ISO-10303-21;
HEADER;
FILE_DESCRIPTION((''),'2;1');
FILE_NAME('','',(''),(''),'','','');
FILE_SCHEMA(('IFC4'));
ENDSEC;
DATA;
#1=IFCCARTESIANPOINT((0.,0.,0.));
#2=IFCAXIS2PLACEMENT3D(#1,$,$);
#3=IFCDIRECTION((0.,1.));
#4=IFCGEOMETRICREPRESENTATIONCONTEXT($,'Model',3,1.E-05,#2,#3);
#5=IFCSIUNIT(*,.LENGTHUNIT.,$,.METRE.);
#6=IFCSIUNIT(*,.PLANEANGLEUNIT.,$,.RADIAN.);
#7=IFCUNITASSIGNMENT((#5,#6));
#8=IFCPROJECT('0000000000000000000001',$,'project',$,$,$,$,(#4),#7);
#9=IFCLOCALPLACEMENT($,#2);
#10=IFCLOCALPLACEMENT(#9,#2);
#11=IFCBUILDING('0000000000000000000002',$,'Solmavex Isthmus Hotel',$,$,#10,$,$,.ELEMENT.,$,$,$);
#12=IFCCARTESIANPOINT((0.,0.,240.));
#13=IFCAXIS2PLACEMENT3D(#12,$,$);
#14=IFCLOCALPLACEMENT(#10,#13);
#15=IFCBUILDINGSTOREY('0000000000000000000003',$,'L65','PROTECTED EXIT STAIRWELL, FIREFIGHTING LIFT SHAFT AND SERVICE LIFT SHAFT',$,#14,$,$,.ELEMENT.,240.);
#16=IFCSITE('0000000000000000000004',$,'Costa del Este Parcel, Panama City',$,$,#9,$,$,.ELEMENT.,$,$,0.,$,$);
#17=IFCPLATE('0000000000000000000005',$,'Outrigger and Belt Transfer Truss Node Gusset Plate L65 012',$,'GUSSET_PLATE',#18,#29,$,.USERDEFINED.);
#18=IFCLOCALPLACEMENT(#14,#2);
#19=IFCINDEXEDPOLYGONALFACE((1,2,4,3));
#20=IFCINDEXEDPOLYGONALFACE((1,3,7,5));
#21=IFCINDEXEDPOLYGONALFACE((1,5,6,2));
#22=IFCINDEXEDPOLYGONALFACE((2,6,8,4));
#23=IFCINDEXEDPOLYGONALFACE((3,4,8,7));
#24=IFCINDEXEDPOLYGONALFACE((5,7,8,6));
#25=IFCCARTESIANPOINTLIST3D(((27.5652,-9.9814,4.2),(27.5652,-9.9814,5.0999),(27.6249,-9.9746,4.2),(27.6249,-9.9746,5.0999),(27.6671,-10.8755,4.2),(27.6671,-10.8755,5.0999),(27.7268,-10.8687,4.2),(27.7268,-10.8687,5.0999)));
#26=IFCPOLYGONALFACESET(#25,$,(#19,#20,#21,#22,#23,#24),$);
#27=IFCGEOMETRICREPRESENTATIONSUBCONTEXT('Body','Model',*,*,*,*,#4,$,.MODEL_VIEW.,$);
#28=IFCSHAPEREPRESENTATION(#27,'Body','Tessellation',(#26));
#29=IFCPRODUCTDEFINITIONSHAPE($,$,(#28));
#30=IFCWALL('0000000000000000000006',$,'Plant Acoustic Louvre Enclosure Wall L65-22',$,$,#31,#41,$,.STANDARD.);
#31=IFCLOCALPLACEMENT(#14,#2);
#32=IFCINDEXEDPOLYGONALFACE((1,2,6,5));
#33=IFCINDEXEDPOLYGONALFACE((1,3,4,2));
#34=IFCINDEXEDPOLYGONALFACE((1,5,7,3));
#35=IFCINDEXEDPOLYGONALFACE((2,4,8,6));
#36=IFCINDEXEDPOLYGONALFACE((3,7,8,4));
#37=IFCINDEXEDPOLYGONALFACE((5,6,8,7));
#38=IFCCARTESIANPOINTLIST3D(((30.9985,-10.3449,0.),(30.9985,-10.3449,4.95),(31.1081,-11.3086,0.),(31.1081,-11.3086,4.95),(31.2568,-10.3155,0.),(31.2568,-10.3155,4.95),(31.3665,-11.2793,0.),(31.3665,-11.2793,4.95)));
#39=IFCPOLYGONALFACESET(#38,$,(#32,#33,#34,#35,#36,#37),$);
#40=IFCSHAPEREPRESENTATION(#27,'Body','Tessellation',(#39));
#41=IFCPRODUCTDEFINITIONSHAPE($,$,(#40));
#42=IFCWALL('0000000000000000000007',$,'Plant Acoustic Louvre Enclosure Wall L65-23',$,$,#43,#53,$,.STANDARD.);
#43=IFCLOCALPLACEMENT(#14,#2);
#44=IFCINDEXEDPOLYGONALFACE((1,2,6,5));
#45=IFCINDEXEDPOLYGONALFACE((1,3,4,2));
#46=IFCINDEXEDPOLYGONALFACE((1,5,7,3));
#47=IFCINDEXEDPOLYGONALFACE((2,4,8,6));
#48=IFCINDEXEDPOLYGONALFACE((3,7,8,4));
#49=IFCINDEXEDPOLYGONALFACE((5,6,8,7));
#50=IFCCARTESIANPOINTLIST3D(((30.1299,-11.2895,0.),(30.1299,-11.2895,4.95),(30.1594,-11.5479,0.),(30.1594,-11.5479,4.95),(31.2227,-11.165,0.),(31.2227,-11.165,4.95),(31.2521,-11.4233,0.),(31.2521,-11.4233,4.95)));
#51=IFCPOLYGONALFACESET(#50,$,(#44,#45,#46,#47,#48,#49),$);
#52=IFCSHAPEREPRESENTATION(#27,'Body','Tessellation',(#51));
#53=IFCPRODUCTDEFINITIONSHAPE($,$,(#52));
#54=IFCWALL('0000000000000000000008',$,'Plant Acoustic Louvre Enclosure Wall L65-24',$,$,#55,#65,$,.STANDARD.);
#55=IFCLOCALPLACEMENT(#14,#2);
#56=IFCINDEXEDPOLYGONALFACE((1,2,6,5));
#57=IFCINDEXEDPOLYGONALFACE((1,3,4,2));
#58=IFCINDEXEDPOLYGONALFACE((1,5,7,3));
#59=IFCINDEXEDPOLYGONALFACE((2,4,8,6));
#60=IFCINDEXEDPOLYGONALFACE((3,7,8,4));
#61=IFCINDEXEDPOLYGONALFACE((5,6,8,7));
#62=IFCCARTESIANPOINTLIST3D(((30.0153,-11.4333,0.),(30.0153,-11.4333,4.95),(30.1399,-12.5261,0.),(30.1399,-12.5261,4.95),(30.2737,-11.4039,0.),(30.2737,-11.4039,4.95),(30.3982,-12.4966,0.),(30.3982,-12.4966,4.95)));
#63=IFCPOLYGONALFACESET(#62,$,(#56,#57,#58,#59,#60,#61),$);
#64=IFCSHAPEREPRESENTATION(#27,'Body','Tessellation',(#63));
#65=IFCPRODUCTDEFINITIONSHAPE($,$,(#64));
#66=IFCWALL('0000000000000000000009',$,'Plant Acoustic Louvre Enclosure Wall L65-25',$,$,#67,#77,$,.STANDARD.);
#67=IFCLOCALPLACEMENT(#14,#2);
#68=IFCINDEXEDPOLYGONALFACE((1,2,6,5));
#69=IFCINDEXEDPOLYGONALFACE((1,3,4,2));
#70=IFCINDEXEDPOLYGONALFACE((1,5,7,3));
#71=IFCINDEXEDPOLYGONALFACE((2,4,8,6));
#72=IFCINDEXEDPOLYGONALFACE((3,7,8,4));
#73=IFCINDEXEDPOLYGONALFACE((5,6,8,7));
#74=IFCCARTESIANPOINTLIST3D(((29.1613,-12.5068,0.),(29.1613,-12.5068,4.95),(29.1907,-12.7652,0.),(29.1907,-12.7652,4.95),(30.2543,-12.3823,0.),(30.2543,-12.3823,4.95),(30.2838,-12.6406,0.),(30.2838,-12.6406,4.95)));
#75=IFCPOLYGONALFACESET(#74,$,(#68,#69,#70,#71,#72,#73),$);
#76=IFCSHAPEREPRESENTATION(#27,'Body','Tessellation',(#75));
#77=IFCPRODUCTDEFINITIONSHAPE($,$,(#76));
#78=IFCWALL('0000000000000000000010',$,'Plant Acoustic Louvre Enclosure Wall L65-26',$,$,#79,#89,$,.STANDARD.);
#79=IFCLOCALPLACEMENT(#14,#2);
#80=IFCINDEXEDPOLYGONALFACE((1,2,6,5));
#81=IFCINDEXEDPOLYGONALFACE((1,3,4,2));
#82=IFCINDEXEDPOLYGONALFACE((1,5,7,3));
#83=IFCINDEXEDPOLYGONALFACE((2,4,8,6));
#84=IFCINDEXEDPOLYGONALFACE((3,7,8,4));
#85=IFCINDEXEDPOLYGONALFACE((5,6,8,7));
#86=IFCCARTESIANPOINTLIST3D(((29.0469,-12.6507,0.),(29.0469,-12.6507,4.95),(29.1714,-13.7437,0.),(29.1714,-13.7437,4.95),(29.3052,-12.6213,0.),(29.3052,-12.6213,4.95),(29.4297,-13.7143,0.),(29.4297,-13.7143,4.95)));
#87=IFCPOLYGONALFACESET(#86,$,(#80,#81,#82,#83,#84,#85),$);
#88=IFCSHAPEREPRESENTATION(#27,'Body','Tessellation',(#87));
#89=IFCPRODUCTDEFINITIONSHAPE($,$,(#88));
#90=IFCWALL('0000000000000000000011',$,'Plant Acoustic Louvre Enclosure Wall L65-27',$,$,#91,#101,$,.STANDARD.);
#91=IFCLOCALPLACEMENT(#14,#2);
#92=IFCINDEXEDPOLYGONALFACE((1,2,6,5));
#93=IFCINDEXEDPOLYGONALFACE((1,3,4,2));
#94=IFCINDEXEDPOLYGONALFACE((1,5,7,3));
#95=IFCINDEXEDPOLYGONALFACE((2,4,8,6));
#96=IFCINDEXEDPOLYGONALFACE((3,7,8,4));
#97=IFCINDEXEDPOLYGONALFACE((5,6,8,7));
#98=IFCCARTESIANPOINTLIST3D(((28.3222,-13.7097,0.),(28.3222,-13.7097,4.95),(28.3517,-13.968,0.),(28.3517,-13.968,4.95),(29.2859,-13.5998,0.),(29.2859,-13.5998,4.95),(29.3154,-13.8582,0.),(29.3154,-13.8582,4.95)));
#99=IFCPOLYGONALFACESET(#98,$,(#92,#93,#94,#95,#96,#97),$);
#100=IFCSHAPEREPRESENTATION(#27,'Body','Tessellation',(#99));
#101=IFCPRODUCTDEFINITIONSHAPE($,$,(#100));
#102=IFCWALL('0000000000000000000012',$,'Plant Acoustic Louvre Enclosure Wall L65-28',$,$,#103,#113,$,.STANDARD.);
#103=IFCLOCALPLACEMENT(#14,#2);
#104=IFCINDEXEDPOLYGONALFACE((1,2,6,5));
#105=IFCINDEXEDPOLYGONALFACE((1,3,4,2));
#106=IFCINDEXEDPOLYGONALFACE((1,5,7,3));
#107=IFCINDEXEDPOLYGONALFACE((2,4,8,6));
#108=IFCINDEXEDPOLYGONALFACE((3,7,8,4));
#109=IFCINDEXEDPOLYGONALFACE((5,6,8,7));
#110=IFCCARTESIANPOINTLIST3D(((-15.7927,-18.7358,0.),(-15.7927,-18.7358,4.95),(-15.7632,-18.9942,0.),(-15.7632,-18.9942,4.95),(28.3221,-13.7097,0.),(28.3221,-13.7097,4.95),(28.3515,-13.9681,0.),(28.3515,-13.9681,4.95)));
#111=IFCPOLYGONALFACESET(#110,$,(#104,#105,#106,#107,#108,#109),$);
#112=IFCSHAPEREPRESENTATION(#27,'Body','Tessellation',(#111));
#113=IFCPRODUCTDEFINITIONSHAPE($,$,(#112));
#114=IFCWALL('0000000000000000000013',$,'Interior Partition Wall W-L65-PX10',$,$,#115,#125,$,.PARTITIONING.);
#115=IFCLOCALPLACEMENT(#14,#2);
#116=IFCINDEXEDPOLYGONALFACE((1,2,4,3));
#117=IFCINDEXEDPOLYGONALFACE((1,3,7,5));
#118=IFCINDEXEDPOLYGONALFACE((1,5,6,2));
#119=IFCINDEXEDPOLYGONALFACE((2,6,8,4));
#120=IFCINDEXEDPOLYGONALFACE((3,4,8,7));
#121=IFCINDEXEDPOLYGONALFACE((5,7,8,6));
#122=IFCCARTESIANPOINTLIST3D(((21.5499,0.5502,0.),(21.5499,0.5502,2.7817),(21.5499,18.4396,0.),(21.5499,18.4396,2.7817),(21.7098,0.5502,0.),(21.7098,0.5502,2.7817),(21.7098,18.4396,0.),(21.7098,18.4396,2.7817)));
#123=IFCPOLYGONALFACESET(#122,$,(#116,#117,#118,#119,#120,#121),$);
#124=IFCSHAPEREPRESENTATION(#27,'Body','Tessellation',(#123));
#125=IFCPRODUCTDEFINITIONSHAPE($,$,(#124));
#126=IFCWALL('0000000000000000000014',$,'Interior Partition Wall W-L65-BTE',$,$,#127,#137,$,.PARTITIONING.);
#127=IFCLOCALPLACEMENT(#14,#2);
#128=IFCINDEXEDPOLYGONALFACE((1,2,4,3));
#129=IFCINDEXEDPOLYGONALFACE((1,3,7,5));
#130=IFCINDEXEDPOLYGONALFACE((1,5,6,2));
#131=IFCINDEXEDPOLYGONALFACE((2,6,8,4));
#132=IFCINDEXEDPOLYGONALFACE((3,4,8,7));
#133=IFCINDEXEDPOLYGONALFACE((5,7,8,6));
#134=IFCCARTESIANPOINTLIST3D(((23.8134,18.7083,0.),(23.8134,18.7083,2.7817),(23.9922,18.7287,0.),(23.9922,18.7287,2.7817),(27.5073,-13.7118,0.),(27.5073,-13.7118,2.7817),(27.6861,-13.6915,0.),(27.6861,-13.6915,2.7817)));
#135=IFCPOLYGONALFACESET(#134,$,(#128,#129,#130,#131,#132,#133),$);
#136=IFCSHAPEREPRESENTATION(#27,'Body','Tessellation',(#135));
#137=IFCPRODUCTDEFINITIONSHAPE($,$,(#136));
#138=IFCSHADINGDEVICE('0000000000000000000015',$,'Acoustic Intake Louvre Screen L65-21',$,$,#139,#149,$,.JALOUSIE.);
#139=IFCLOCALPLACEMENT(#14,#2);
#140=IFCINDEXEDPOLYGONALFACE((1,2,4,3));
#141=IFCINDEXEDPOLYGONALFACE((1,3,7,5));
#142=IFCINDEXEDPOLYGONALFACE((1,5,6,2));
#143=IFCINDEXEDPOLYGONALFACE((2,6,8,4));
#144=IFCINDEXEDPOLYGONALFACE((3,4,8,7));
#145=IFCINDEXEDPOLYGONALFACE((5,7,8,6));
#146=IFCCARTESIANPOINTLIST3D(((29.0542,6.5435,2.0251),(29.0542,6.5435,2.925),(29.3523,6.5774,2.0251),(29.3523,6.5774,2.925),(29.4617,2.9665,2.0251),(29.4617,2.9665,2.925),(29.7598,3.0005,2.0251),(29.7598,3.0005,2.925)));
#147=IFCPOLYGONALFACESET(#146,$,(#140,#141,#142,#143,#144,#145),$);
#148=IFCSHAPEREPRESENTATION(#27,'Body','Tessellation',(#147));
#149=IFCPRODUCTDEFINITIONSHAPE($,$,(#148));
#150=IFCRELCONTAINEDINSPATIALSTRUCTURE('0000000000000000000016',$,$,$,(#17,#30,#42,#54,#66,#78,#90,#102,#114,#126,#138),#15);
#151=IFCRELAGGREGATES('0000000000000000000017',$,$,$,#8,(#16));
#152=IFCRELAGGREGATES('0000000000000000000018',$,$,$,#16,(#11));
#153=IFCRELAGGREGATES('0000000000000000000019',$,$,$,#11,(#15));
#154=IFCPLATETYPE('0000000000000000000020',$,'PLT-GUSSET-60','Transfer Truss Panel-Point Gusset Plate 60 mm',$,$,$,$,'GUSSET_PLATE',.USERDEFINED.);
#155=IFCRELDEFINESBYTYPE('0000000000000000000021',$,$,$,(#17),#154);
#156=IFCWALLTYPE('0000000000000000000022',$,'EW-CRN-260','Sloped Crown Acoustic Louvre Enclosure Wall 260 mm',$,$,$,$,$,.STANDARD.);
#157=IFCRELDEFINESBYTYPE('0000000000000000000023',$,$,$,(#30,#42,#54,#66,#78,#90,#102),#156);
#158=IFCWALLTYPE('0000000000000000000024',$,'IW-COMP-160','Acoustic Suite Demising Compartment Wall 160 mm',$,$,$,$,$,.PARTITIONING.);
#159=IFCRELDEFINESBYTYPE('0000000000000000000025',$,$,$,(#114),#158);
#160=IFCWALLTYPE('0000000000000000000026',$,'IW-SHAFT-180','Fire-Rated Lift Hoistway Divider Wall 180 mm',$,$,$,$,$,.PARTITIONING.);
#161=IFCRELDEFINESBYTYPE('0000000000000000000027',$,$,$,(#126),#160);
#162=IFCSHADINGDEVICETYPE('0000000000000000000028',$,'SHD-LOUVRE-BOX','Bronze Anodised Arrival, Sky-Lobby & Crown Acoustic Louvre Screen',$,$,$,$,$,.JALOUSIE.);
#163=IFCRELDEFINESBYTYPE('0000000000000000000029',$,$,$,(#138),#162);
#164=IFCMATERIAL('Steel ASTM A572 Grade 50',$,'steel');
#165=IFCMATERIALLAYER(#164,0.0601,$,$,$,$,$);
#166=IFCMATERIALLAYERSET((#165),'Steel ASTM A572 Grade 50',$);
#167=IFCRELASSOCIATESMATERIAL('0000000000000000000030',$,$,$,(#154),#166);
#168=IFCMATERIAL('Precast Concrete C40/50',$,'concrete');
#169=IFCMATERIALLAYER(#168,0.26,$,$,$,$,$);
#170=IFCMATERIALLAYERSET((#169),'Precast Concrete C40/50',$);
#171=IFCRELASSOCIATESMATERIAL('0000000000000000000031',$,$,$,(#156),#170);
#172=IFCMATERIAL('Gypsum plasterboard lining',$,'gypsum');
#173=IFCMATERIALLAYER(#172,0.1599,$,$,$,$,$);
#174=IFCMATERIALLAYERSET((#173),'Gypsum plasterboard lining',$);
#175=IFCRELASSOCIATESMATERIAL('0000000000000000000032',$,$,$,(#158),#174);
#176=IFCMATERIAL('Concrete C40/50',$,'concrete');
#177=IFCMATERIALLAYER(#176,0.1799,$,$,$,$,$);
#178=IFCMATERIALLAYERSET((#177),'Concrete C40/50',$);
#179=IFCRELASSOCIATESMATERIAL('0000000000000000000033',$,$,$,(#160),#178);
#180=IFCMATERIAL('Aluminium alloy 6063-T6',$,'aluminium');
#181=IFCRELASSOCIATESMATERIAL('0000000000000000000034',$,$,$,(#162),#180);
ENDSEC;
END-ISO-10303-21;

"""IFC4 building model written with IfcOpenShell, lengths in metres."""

from ifc_helpers import new_model, si_unit, direction, frame, frame_2d, origin, origin_2d, place, context, subcontext, project, spatial, rectangle, extrude, material, layer, layer_set, type_object, element, save


model = new_model("IFC4")

# Units and contexts
model_context = context("Model", 3, precision=1e-05, world=origin(), true_north=direction((0.0, 1.0)))
body_context = subcontext(model_context, "Body", "Model", "MODEL_VIEW")
ifc_project = project(units=[si_unit("LENGTHUNIT", "METRE"), si_unit("PLANEANGLEUNIT", "RADIAN")], contexts=[model_context])

# Site, building, storey
site_placement = place(None, origin())
site = spatial("IfcSite", under=ifc_project, at=site_placement, Name="Costa del Este Parcel, Panama City", CompositionType="ELEMENT", RefElevation=0.0)
building_placement = place(site_placement, origin())
building = spatial("IfcBuilding", under=site, at=building_placement, Name="Solmavex Isthmus Hotel", CompositionType="ELEMENT")
storey_placement = place(building_placement, frame((0.0, 0.0, 240.0)))
storey = spatial("IfcBuildingStorey", under=building, at=storey_placement, Name="L65", Description="PROTECTED EXIT STAIRWELL, FIREFIGHTING LIFT SHAFT AND SERVICE LIFT SHAFT", CompositionType="ELEMENT", Elevation=240.0)

# Plate
ifc_material_1 = material(Name="Steel ASTM A572 Grade 50", Category="steel")
ifc_layer_1 = layer(ifc_material_1, 0.0601)
ifc_layer_set_1 = layer_set([ifc_layer_1], Name="Steel ASTM A572 Grade 50")
plate_type = type_object("IfcPlateType", Name="PLT-GUSSET-60", Description="Transfer Truss Panel-Point Gusset Plate 60 mm", ElementType="GUSSET_PLATE", PredefinedType="USERDEFINED", material=ifc_layer_set_1)
plate_placement = place(storey_placement, frame((27.646, -10.425, 4.2), z_axis=(0.0, 0.0, 1.0), x_axis=(-0.113203, 0.993572, 0.0)))
element("IfcPlate", 1, at=plate_placement, inside=storey, type_object=plate_type, Name="Outrigger and Belt Transfer Truss Node Gusset Plate L65 012", ObjectType="GUSSET_PLATE", PredefinedType="USERDEFINED", context=body_context, shape_type="SweptSolid", body=[
    extrude(rectangle(XDim=0.8999, YDim=0.0601, at=origin_2d()), origin(), (0.0, 0.0, 1.0), 0.8999),
])

# Walls
ifc_material_2 = material(Name="Precast Concrete C40/50", Category="concrete")
ifc_layer_2 = layer(ifc_material_2, 0.26)
ifc_layer_set_2 = layer_set([ifc_layer_2], Name="Precast Concrete C40/50")
wall_type_1 = type_object("IfcWallType", Name="EW-CRN-260", Description="Sloped Crown Acoustic Louvre Enclosure Wall 260 mm", PredefinedType="STANDARD", material=ifc_layer_set_2)
wall_1_placement = place(storey_placement, frame((31.1277, -10.3303, 0.0), z_axis=(0.0, 0.0, 1.0), x_axis=(0.113, -0.993595, 0.0)))
element("IfcWall", 2, at=wall_1_placement, inside=storey, type_object=wall_type_1, Name="Plant Acoustic Louvre Enclosure Wall L65-22", PredefinedType="STANDARD", context=body_context, shape_type="SweptSolid", body=[
    extrude(rectangle(XDim=0.97, YDim=0.26, at=frame_2d((0.4849, 0.0))), origin(), (0.0, 0.0, 1.0), 4.95),
])
for number, where, z_axis, x_axis, name in (
    (3, (31.2373, -11.2942, 0.0), (0.0, 0.0, 1.0), (-0.993571, -0.113209, 0.0), "Plant Acoustic Louvre Enclosure Wall L65-23"),
    (4, (30.1445, -11.4187, 0.0), (0.0, 0.0, 1.0), (0.113209, -0.993571, 0.0), "Plant Acoustic Louvre Enclosure Wall L65-24"),
):
    element("IfcWall", number, at=place(storey_placement, frame(where, z_axis=z_axis, x_axis=x_axis)), inside=storey, type_object=wall_type_1, Name=name, PredefinedType="STANDARD", context=body_context, shape_type="SweptSolid", body=[
        extrude(rectangle(XDim=1.0999, YDim=0.26, at=frame_2d((0.5498, 0.0))), origin(), (0.0, 0.0, 1.0), 4.95),
    ])
for number, where, z_axis, x_axis, name in (
    (5, (30.269, -12.5115, 0.0), (0.0, 0.0, 1.0), (-0.993574, -0.113184, 0.0), "Plant Acoustic Louvre Enclosure Wall L65-25"),
    (6, (29.176, -12.636, 0.0), (0.0, 0.0, 1.0), (0.113184, -0.993574, 0.0), "Plant Acoustic Louvre Enclosure Wall L65-26"),
):
    element("IfcWall", number, at=place(storey_placement, frame(where, z_axis=z_axis, x_axis=x_axis)), inside=storey, type_object=wall_type_1, Name=name, PredefinedType="STANDARD", context=body_context, shape_type="SweptSolid", body=[
        extrude(rectangle(XDim=1.1001, YDim=0.26, at=frame_2d((0.55, 0.0))), origin(), (0.0, 0.0, 1.0), 4.95),
    ])
wall_2_placement = place(storey_placement, frame((29.3005, -13.729, 0.0), z_axis=(0.0, 0.0, 1.0), x_axis=(-0.993563, -0.113277, 0.0)))
element("IfcWall", 7, at=wall_2_placement, inside=storey, type_object=wall_type_1, Name="Plant Acoustic Louvre Enclosure Wall L65-27", PredefinedType="STANDARD", context=body_context, shape_type="SweptSolid", body=[
    extrude(rectangle(XDim=0.97, YDim=0.26, at=frame_2d((0.4849, 0.0))), origin(), (0.0, 0.0, 1.0), 4.95),
])
wall_3_placement = place(storey_placement, frame((28.3369, -13.8389, 0.0), z_axis=(0.0, 0.0, 1.0), x_axis=(-0.993572, -0.113201, 0.0)))
element("IfcWall", 8, at=wall_3_placement, inside=storey, type_object=wall_type_1, Name="Plant Acoustic Louvre Enclosure Wall L65-28", PredefinedType="STANDARD", context=body_context, shape_type="SweptSolid", body=[
    extrude(rectangle(XDim=44.4001, YDim=0.26, at=frame_2d((22.2002, 0.0))), origin(), (0.0, 0.0, 1.0), 4.95),
])
ifc_material_3 = material(Name="Gypsum plasterboard lining", Category="gypsum")
ifc_layer_3 = layer(ifc_material_3, 0.1599)
ifc_layer_set_3 = layer_set([ifc_layer_3], Name="Gypsum plasterboard lining")
wall_type_2 = type_object("IfcWallType", Name="IW-COMP-160", Description="Acoustic Suite Demising Compartment Wall 160 mm", PredefinedType="PARTITIONING", material=ifc_layer_set_3)
wall_4_placement = place(storey_placement, frame((21.6299, 0.55, 0.0), z_axis=(0.0, 0.0, 1.0), x_axis=(0.0, 1.0, 0.0)))
element("IfcWall", 9, at=wall_4_placement, inside=storey, type_object=wall_type_2, Name="Interior Partition Wall W-L65-PX10", PredefinedType="PARTITIONING", context=body_context, shape_type="SweptSolid", body=[
    extrude(rectangle(XDim=17.8894, YDim=0.1599, at=frame_2d((8.9448, 0.0))), origin(), (0.0, 0.0, 1.0), 2.7817),
])
ifc_material_4 = material(Name="Concrete C40/50", Category="concrete")
ifc_layer_4 = layer(ifc_material_4, 0.1799)
ifc_layer_set_4 = layer_set([ifc_layer_4], Name="Concrete C40/50")
wall_type_3 = type_object("IfcWallType", Name="IW-SHAFT-180", Description="Fire-Rated Lift Hoistway Divider Wall 180 mm", PredefinedType="PARTITIONING", material=ifc_layer_set_4)
wall_5_placement = place(storey_placement, frame((27.5967, -13.7017, 0.0), z_axis=(0.0, 0.0, 1.0), x_axis=(-0.113204, 0.993572, 0.0)))
element("IfcWall", 10, at=wall_5_placement, inside=storey, type_object=wall_type_3, Name="Interior Partition Wall W-L65-BTE", PredefinedType="PARTITIONING", context=body_context, shape_type="SweptSolid", body=[
    extrude(rectangle(XDim=32.6299, YDim=0.1799, at=frame_2d((16.3149, 0.0))), origin(), (0.0, 0.0, 1.0), 2.7817),
])

# Shading device
ifc_material_5 = material(Name="Aluminium alloy 6063-T6", Category="aluminium")
shading_device_type = type_object("IfcShadingDeviceType", Name="SHD-LOUVRE-BOX", Description="Bronze Anodised Arrival, Sky-Lobby & Crown Acoustic Louvre Screen", PredefinedType="JALOUSIE", material=ifc_material_5)
shading_device_placement = place(storey_placement, frame((29.407, 4.772, 2.0251), z_axis=(0.0, 0.0, 1.0), x_axis=(0.113203, -0.993572, 0.0)))
element("IfcShadingDevice", 11, at=shading_device_placement, inside=storey, type_object=shading_device_type, Name="Acoustic Intake Louvre Screen L65-21", PredefinedType="JALOUSIE", context=body_context, shape_type="SweptSolid", body=[
    extrude(rectangle(XDim=3.6001, YDim=0.3, at=origin_2d()), origin(), (0.0, 0.0, 1.0), 0.8999),
])

save(model, "model.ifc")
